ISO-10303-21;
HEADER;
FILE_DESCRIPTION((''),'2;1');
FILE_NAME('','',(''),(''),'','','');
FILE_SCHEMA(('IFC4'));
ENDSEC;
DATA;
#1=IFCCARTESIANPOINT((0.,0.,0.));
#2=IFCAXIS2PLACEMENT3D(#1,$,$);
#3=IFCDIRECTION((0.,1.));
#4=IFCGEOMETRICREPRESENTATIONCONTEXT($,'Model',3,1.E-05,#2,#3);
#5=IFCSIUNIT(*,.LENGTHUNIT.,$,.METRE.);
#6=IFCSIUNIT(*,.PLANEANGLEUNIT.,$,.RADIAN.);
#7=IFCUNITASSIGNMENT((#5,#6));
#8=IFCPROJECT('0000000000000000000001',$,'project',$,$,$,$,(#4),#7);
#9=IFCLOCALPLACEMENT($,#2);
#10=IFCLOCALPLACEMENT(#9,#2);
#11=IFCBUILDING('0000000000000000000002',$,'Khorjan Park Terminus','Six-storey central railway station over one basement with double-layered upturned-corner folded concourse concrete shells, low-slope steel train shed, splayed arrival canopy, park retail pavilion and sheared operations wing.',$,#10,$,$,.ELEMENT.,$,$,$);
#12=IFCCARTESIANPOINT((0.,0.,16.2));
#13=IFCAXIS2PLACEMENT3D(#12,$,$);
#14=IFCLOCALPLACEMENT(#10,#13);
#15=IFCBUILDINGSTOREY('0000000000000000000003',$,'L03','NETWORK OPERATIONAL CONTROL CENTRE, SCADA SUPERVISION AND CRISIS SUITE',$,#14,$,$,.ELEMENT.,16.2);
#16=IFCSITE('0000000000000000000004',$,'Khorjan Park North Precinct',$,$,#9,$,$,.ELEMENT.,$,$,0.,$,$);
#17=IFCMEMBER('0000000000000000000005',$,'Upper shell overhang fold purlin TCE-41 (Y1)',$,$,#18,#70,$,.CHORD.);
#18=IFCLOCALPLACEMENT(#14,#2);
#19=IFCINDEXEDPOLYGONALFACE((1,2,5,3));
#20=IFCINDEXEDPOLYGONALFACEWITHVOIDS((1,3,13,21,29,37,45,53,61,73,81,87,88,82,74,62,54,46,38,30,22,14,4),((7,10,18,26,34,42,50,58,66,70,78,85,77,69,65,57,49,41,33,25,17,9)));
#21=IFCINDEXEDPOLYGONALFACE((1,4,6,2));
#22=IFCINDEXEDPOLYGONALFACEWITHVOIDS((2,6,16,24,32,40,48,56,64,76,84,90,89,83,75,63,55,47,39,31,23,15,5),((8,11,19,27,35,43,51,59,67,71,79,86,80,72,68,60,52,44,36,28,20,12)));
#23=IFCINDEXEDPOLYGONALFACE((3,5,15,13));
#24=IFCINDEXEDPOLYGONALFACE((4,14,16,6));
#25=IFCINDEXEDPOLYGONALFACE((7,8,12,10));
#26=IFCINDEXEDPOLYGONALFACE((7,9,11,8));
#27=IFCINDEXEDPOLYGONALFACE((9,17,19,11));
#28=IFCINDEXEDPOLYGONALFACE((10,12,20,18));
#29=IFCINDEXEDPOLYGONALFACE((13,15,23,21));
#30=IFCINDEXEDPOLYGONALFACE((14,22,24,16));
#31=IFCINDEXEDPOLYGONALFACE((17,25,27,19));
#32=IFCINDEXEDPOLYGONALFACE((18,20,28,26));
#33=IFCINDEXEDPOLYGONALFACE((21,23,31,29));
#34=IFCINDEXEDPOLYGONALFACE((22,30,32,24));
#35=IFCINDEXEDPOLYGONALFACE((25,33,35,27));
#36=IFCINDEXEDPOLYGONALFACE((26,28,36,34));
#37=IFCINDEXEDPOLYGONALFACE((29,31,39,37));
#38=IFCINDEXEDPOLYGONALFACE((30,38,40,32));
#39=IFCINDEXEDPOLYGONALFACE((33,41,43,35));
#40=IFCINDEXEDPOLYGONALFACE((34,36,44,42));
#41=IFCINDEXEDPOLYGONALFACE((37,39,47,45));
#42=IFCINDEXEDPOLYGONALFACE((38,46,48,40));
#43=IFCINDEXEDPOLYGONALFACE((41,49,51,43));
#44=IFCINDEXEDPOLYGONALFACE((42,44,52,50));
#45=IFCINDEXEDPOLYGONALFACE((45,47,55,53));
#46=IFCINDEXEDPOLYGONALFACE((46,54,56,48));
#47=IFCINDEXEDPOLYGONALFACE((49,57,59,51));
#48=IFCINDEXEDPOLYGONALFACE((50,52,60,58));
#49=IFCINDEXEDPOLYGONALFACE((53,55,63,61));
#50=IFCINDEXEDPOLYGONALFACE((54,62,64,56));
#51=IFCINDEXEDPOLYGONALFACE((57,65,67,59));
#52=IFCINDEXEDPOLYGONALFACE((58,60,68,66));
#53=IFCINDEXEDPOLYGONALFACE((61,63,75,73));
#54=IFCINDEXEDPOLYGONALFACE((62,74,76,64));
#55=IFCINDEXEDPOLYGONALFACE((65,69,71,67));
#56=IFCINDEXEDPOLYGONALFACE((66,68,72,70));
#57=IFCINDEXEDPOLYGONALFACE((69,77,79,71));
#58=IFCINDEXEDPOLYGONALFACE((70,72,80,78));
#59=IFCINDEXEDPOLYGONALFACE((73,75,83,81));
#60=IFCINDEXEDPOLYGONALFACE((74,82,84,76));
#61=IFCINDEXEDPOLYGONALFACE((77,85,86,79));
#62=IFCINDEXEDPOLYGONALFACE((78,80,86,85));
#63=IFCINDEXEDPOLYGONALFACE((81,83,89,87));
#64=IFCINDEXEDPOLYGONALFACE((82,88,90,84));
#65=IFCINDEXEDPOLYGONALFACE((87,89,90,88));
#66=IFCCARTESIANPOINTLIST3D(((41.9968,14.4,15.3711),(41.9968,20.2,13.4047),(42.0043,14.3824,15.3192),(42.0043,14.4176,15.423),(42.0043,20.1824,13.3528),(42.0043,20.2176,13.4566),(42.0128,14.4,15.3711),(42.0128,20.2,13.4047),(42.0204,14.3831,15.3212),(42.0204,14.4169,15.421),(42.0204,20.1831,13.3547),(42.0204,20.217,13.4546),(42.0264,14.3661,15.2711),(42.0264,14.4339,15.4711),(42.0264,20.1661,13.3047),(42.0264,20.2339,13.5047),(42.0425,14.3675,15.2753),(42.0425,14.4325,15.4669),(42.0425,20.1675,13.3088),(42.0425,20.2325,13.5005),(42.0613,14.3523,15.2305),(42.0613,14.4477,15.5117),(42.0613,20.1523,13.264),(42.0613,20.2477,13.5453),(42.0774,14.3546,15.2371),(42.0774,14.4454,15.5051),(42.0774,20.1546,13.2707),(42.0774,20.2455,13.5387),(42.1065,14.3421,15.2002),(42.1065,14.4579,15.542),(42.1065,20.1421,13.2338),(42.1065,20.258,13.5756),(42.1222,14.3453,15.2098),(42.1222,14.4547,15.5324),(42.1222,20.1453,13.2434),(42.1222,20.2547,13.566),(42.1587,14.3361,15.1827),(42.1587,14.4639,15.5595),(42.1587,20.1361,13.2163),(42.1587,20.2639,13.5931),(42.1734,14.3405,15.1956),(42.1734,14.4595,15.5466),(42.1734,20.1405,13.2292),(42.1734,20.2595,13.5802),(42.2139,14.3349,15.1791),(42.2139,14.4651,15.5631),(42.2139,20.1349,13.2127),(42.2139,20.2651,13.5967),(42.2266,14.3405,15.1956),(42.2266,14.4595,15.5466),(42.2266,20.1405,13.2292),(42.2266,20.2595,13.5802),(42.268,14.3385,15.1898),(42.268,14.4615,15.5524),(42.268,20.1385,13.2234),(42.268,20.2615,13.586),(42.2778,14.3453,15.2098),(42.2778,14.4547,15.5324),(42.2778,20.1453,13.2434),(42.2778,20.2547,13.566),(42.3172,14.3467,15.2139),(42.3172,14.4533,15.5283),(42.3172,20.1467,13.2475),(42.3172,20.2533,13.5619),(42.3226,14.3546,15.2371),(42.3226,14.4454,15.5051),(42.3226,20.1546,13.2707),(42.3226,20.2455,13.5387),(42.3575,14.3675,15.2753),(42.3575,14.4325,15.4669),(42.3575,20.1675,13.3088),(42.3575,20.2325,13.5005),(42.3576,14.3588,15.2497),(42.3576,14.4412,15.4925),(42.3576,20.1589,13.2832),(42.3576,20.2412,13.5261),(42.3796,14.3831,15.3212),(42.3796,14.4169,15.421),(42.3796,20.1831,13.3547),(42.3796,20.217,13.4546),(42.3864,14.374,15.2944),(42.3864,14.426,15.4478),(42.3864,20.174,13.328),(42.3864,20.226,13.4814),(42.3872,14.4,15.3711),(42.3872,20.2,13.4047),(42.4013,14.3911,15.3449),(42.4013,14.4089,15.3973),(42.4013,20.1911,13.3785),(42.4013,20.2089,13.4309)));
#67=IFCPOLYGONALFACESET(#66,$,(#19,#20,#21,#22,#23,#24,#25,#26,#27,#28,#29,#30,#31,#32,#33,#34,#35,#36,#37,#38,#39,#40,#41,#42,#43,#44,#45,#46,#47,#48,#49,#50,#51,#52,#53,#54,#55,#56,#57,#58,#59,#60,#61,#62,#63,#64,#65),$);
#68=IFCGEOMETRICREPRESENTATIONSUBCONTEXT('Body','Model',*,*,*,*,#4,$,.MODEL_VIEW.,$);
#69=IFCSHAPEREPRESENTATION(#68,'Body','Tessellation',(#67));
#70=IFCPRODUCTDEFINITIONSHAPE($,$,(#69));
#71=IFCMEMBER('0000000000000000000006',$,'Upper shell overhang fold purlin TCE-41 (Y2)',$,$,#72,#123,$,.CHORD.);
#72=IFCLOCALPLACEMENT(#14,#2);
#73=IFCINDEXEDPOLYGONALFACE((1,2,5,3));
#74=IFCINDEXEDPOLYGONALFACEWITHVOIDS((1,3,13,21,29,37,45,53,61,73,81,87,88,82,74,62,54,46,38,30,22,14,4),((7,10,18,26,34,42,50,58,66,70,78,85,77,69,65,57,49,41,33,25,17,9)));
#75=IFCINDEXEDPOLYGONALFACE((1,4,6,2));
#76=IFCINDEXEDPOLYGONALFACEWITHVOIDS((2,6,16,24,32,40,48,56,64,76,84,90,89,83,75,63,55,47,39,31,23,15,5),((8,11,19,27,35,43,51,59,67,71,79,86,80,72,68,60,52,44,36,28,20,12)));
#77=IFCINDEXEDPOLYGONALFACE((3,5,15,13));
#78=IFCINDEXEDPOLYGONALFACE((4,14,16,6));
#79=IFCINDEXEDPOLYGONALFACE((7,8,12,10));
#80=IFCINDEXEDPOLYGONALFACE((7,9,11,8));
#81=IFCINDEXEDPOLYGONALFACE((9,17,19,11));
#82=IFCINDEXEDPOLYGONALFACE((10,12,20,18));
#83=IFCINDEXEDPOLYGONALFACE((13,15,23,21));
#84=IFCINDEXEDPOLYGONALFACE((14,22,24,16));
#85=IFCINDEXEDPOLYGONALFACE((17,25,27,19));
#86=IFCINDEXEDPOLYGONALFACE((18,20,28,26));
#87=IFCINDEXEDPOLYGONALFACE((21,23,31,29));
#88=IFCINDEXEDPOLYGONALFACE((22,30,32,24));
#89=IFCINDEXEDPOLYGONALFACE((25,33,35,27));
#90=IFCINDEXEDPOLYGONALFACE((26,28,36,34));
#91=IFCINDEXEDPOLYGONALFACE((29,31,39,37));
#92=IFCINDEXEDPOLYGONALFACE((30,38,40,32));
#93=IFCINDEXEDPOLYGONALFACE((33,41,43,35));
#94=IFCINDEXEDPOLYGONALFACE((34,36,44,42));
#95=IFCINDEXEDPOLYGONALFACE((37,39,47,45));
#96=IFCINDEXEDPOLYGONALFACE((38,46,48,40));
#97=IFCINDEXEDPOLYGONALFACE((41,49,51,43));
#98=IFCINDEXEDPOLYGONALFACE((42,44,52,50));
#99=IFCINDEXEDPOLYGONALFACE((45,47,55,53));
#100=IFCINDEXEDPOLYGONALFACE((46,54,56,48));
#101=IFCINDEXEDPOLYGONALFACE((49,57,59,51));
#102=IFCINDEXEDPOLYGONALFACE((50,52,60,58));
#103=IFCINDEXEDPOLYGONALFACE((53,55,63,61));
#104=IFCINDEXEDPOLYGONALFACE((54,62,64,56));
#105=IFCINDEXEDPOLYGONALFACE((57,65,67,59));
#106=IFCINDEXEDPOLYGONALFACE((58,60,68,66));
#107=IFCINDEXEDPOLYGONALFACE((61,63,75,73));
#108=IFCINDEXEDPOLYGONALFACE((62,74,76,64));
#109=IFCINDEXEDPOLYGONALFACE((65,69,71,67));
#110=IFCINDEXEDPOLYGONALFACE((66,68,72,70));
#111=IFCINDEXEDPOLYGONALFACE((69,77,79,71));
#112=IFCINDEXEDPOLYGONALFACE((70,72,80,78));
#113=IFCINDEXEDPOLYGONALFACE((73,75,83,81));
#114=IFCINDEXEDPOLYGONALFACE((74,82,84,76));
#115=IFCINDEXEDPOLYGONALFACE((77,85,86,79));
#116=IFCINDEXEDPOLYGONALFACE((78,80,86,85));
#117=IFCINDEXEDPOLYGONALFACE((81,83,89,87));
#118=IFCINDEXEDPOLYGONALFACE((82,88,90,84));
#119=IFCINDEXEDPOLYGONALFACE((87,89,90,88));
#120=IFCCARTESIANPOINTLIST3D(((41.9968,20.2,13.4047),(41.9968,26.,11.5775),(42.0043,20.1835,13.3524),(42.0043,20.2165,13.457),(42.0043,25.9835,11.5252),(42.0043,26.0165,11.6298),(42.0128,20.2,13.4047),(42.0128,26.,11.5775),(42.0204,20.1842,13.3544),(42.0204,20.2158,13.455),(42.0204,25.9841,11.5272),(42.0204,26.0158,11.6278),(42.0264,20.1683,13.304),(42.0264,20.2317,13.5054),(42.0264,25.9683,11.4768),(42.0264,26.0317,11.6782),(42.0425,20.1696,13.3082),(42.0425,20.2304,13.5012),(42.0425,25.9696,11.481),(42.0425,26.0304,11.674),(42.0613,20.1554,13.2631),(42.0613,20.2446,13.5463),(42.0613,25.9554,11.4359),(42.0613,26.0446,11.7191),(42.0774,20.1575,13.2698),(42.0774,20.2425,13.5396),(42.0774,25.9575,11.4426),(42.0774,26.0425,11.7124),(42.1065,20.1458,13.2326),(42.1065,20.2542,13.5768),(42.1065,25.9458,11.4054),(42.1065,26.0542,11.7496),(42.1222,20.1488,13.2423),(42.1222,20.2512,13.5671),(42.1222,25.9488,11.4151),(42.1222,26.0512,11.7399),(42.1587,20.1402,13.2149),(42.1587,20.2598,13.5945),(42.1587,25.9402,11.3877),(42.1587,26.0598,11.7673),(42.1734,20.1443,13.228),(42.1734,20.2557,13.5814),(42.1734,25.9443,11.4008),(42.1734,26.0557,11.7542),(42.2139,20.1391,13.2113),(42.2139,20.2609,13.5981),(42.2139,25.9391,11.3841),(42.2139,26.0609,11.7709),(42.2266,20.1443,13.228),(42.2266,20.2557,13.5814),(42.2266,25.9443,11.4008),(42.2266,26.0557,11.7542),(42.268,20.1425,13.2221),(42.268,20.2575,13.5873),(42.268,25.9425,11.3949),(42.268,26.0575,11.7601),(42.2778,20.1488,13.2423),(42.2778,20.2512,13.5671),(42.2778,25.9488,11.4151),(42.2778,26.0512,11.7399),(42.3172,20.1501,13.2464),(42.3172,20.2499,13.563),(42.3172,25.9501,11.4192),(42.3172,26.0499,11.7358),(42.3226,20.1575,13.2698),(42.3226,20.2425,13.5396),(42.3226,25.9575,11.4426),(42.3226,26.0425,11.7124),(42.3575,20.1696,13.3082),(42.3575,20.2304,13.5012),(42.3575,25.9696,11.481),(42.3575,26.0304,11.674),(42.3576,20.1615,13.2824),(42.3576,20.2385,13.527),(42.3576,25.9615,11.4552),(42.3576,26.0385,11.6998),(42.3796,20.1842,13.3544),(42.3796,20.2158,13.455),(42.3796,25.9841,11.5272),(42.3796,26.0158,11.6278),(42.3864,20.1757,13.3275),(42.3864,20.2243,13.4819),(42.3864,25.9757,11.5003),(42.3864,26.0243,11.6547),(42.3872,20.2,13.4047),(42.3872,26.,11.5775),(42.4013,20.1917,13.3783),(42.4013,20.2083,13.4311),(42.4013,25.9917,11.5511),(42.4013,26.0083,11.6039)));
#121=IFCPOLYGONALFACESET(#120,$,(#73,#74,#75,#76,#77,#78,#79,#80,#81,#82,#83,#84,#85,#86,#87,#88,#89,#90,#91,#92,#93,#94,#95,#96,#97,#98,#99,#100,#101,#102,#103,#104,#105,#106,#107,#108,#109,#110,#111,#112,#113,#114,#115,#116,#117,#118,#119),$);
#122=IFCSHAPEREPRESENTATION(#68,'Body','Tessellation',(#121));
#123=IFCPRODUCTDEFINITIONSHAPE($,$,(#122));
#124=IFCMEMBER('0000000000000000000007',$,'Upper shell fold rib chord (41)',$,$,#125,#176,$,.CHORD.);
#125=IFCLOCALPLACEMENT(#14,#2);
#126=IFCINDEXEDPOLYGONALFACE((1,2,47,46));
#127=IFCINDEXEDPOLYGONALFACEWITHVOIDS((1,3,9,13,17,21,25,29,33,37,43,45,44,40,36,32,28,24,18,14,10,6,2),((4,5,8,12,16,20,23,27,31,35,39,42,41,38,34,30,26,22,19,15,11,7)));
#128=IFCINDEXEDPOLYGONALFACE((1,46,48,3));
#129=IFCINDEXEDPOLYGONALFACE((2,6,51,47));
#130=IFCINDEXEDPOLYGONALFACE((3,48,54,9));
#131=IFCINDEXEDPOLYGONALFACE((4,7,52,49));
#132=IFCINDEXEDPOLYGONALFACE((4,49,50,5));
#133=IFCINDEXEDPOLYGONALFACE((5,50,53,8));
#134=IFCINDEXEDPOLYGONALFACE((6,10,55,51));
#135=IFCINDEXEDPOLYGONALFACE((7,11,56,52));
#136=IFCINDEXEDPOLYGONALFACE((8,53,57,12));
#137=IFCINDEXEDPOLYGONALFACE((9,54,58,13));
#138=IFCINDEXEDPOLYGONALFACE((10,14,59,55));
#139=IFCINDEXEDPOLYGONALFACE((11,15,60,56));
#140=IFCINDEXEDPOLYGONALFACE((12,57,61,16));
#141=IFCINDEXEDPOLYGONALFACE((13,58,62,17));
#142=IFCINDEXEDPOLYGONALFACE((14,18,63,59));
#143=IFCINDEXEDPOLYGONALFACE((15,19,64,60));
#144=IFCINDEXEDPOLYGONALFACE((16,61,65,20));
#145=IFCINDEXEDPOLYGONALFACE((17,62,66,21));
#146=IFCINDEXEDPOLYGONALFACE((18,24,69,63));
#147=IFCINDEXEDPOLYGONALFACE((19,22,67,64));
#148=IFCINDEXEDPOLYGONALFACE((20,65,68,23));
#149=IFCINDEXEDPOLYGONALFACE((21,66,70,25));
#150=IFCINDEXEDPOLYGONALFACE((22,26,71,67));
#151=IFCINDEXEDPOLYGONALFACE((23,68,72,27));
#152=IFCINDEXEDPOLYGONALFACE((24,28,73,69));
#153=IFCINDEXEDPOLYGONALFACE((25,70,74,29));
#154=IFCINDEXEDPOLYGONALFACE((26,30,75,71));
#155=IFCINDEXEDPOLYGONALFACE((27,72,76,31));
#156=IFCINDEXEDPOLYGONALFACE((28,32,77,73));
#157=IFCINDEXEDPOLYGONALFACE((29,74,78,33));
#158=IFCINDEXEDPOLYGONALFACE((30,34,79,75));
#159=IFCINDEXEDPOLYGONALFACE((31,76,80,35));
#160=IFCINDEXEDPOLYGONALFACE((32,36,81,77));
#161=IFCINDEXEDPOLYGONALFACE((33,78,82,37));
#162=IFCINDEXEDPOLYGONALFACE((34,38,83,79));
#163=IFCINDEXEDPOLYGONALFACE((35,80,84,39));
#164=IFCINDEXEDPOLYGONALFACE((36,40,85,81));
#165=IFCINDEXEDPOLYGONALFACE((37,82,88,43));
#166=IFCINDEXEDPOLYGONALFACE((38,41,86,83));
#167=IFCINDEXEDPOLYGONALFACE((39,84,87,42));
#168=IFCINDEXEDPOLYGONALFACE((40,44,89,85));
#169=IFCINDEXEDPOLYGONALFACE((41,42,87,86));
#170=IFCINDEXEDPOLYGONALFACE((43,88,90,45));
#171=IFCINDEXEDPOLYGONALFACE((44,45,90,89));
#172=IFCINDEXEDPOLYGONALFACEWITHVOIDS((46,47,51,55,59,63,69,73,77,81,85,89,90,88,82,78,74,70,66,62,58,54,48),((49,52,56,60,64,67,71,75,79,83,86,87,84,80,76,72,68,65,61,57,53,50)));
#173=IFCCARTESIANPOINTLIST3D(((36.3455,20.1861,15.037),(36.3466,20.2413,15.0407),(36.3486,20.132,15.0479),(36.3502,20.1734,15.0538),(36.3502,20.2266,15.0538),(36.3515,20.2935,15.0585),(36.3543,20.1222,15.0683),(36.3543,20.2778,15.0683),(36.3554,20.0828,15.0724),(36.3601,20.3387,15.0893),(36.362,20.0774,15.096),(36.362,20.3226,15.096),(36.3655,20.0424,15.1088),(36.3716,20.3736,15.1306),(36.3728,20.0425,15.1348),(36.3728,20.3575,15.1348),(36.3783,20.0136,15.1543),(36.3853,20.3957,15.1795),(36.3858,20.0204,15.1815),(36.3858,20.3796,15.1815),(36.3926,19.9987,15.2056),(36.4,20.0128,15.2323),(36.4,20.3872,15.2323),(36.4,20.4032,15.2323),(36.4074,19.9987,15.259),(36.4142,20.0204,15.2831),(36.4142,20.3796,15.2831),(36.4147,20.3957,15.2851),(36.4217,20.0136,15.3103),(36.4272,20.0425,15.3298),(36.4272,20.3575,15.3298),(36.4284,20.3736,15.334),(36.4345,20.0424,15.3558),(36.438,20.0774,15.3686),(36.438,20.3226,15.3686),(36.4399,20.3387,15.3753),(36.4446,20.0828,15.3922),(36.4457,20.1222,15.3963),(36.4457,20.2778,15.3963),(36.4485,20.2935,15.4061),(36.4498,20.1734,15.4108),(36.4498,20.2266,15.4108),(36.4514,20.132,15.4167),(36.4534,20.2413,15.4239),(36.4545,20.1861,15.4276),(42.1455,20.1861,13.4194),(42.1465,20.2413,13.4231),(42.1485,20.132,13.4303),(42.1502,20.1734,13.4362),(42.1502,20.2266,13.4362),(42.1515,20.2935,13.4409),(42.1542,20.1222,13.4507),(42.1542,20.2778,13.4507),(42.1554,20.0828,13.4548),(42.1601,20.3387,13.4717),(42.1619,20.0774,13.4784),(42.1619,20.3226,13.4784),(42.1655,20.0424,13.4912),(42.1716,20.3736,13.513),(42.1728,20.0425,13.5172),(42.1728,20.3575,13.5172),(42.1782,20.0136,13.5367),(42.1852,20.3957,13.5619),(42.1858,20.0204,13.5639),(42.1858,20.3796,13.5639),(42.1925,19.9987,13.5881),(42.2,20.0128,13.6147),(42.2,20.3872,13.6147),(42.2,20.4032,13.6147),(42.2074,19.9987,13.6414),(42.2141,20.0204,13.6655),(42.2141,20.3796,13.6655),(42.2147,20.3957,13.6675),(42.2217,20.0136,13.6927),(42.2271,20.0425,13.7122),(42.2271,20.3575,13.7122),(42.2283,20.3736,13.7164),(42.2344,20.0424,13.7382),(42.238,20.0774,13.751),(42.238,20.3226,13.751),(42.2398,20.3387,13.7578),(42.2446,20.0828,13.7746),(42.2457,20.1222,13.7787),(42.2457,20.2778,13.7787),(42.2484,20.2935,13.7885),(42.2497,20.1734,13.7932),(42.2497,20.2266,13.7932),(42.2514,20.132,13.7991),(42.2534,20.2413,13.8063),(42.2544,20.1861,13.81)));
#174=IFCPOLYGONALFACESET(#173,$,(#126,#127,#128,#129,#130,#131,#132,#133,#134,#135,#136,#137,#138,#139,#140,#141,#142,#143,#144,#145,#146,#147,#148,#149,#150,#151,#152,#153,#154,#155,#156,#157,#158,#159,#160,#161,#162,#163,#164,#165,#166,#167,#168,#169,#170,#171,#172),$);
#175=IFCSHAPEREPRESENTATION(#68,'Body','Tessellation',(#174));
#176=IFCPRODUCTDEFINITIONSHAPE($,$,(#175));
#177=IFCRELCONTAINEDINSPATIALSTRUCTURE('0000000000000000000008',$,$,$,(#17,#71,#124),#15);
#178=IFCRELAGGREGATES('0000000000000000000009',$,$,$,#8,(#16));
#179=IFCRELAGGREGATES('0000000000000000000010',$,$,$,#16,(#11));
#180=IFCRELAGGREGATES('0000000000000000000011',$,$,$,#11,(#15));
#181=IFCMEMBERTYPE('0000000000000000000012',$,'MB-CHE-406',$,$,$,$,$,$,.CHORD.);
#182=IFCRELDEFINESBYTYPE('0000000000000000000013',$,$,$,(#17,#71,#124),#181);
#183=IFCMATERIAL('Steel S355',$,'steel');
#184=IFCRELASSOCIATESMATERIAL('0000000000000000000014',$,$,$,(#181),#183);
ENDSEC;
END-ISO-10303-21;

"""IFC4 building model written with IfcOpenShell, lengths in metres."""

from ifc_helpers import new_model, si_unit, direction, frame, origin, origin_2d, place, context, subcontext, project, spatial, hollow_circle, extrude, material, material_profile, profile_set, type_object, element, save


model = new_model("IFC4")

# Units and contexts
model_context = context("Model", 3, precision=1e-05, world=origin(), true_north=direction((0.0, 1.0)))
body_context = subcontext(model_context, "Body", "Model", "MODEL_VIEW")
ifc_project = project(units=[si_unit("LENGTHUNIT", "METRE"), si_unit("PLANEANGLEUNIT", "RADIAN")], contexts=[model_context])

# Site, building, storey
site_placement = place(None, origin())
site = spatial("IfcSite", under=ifc_project, at=site_placement, Name="Khorjan Park North Precinct", CompositionType="ELEMENT", RefElevation=0.0)
building_placement = place(site_placement, origin())
building = spatial("IfcBuilding", under=site, at=building_placement, Name="Khorjan Park Terminus", Description="Six-storey central railway station over one basement with double-layered upturned-corner folded concourse concrete shells, low-slope steel train shed, splayed arrival canopy, park retail pavilion and sheared operations wing.", CompositionType="ELEMENT")
storey_placement = place(building_placement, frame((0.0, 0.0, 16.2)))
storey = spatial("IfcBuildingStorey", under=building, at=storey_placement, Name="L03", Description="NETWORK OPERATIONAL CONTROL CENTRE, SCADA SUPERVISION AND CRISIS SUITE", CompositionType="ELEMENT", Elevation=16.2)

# Members
ifc_material_1 = material(Name="Steel S355", Category="steel")
ifc_material_profile_1 = material_profile(ifc_material_1, hollow_circle(Radius=0.2032, WallThickness=0.016, at=origin_2d()), Name="CHS 406.4x16")
ifc_profile_set_1 = profile_set([ifc_material_profile_1], Name="Steel S355")
member_type_1 = type_object("IfcMemberType", Name="MB-CHE-406", PredefinedType="CHORD", material=ifc_profile_set_1)
member_1_placement = place(storey_placement, frame((42.2, 14.4, 15.3711), z_axis=(0.0, 0.947051, -0.321083), x_axis=(-1.0, 0.0, 0.0)))
element("IfcMember", 1, at=member_1_placement, inside=storey, type_object=member_type_1, Name="Upper shell overhang fold purlin TCE-41 (Y1)", PredefinedType="CHORD", context=body_context, shape_type="SweptSolid", body=[
    extrude(hollow_circle(Radius=0.2032, WallThickness=0.016, at=origin_2d()), origin(), (0.0, 0.0, 1.0), 6.1243),
])
member_2_placement = place(storey_placement, frame((42.2, 20.2, 13.4047), z_axis=(0.0, 0.953789, -0.300476), x_axis=(-1.0, 0.0, 0.0)))
element("IfcMember", 2, at=member_2_placement, inside=storey, type_object=member_type_1, Name="Upper shell overhang fold purlin TCE-41 (Y2)", PredefinedType="CHORD", context=body_context, shape_type="SweptSolid", body=[
    extrude(hollow_circle(Radius=0.2032, WallThickness=0.016, at=origin_2d()), origin(), (0.0, 0.0, 1.0), 6.081),
])
member_3_placement = place(storey_placement, frame((36.4, 20.2, 15.2323), z_axis=(0.963239, 0.0, -0.268644), x_axis=(0.0, 1.0, 0.0)))
element("IfcMember", 3, at=member_3_placement, inside=storey, type_object=member_type_1, Name="Upper shell fold rib chord (41)", PredefinedType="CHORD", context=body_context, shape_type="SweptSolid", body=[
    extrude(hollow_circle(Radius=0.2032, WallThickness=0.016, at=origin_2d()), origin(), (0.0, 0.0, 1.0), 6.0213),
])

save(model, "model.ifc")
